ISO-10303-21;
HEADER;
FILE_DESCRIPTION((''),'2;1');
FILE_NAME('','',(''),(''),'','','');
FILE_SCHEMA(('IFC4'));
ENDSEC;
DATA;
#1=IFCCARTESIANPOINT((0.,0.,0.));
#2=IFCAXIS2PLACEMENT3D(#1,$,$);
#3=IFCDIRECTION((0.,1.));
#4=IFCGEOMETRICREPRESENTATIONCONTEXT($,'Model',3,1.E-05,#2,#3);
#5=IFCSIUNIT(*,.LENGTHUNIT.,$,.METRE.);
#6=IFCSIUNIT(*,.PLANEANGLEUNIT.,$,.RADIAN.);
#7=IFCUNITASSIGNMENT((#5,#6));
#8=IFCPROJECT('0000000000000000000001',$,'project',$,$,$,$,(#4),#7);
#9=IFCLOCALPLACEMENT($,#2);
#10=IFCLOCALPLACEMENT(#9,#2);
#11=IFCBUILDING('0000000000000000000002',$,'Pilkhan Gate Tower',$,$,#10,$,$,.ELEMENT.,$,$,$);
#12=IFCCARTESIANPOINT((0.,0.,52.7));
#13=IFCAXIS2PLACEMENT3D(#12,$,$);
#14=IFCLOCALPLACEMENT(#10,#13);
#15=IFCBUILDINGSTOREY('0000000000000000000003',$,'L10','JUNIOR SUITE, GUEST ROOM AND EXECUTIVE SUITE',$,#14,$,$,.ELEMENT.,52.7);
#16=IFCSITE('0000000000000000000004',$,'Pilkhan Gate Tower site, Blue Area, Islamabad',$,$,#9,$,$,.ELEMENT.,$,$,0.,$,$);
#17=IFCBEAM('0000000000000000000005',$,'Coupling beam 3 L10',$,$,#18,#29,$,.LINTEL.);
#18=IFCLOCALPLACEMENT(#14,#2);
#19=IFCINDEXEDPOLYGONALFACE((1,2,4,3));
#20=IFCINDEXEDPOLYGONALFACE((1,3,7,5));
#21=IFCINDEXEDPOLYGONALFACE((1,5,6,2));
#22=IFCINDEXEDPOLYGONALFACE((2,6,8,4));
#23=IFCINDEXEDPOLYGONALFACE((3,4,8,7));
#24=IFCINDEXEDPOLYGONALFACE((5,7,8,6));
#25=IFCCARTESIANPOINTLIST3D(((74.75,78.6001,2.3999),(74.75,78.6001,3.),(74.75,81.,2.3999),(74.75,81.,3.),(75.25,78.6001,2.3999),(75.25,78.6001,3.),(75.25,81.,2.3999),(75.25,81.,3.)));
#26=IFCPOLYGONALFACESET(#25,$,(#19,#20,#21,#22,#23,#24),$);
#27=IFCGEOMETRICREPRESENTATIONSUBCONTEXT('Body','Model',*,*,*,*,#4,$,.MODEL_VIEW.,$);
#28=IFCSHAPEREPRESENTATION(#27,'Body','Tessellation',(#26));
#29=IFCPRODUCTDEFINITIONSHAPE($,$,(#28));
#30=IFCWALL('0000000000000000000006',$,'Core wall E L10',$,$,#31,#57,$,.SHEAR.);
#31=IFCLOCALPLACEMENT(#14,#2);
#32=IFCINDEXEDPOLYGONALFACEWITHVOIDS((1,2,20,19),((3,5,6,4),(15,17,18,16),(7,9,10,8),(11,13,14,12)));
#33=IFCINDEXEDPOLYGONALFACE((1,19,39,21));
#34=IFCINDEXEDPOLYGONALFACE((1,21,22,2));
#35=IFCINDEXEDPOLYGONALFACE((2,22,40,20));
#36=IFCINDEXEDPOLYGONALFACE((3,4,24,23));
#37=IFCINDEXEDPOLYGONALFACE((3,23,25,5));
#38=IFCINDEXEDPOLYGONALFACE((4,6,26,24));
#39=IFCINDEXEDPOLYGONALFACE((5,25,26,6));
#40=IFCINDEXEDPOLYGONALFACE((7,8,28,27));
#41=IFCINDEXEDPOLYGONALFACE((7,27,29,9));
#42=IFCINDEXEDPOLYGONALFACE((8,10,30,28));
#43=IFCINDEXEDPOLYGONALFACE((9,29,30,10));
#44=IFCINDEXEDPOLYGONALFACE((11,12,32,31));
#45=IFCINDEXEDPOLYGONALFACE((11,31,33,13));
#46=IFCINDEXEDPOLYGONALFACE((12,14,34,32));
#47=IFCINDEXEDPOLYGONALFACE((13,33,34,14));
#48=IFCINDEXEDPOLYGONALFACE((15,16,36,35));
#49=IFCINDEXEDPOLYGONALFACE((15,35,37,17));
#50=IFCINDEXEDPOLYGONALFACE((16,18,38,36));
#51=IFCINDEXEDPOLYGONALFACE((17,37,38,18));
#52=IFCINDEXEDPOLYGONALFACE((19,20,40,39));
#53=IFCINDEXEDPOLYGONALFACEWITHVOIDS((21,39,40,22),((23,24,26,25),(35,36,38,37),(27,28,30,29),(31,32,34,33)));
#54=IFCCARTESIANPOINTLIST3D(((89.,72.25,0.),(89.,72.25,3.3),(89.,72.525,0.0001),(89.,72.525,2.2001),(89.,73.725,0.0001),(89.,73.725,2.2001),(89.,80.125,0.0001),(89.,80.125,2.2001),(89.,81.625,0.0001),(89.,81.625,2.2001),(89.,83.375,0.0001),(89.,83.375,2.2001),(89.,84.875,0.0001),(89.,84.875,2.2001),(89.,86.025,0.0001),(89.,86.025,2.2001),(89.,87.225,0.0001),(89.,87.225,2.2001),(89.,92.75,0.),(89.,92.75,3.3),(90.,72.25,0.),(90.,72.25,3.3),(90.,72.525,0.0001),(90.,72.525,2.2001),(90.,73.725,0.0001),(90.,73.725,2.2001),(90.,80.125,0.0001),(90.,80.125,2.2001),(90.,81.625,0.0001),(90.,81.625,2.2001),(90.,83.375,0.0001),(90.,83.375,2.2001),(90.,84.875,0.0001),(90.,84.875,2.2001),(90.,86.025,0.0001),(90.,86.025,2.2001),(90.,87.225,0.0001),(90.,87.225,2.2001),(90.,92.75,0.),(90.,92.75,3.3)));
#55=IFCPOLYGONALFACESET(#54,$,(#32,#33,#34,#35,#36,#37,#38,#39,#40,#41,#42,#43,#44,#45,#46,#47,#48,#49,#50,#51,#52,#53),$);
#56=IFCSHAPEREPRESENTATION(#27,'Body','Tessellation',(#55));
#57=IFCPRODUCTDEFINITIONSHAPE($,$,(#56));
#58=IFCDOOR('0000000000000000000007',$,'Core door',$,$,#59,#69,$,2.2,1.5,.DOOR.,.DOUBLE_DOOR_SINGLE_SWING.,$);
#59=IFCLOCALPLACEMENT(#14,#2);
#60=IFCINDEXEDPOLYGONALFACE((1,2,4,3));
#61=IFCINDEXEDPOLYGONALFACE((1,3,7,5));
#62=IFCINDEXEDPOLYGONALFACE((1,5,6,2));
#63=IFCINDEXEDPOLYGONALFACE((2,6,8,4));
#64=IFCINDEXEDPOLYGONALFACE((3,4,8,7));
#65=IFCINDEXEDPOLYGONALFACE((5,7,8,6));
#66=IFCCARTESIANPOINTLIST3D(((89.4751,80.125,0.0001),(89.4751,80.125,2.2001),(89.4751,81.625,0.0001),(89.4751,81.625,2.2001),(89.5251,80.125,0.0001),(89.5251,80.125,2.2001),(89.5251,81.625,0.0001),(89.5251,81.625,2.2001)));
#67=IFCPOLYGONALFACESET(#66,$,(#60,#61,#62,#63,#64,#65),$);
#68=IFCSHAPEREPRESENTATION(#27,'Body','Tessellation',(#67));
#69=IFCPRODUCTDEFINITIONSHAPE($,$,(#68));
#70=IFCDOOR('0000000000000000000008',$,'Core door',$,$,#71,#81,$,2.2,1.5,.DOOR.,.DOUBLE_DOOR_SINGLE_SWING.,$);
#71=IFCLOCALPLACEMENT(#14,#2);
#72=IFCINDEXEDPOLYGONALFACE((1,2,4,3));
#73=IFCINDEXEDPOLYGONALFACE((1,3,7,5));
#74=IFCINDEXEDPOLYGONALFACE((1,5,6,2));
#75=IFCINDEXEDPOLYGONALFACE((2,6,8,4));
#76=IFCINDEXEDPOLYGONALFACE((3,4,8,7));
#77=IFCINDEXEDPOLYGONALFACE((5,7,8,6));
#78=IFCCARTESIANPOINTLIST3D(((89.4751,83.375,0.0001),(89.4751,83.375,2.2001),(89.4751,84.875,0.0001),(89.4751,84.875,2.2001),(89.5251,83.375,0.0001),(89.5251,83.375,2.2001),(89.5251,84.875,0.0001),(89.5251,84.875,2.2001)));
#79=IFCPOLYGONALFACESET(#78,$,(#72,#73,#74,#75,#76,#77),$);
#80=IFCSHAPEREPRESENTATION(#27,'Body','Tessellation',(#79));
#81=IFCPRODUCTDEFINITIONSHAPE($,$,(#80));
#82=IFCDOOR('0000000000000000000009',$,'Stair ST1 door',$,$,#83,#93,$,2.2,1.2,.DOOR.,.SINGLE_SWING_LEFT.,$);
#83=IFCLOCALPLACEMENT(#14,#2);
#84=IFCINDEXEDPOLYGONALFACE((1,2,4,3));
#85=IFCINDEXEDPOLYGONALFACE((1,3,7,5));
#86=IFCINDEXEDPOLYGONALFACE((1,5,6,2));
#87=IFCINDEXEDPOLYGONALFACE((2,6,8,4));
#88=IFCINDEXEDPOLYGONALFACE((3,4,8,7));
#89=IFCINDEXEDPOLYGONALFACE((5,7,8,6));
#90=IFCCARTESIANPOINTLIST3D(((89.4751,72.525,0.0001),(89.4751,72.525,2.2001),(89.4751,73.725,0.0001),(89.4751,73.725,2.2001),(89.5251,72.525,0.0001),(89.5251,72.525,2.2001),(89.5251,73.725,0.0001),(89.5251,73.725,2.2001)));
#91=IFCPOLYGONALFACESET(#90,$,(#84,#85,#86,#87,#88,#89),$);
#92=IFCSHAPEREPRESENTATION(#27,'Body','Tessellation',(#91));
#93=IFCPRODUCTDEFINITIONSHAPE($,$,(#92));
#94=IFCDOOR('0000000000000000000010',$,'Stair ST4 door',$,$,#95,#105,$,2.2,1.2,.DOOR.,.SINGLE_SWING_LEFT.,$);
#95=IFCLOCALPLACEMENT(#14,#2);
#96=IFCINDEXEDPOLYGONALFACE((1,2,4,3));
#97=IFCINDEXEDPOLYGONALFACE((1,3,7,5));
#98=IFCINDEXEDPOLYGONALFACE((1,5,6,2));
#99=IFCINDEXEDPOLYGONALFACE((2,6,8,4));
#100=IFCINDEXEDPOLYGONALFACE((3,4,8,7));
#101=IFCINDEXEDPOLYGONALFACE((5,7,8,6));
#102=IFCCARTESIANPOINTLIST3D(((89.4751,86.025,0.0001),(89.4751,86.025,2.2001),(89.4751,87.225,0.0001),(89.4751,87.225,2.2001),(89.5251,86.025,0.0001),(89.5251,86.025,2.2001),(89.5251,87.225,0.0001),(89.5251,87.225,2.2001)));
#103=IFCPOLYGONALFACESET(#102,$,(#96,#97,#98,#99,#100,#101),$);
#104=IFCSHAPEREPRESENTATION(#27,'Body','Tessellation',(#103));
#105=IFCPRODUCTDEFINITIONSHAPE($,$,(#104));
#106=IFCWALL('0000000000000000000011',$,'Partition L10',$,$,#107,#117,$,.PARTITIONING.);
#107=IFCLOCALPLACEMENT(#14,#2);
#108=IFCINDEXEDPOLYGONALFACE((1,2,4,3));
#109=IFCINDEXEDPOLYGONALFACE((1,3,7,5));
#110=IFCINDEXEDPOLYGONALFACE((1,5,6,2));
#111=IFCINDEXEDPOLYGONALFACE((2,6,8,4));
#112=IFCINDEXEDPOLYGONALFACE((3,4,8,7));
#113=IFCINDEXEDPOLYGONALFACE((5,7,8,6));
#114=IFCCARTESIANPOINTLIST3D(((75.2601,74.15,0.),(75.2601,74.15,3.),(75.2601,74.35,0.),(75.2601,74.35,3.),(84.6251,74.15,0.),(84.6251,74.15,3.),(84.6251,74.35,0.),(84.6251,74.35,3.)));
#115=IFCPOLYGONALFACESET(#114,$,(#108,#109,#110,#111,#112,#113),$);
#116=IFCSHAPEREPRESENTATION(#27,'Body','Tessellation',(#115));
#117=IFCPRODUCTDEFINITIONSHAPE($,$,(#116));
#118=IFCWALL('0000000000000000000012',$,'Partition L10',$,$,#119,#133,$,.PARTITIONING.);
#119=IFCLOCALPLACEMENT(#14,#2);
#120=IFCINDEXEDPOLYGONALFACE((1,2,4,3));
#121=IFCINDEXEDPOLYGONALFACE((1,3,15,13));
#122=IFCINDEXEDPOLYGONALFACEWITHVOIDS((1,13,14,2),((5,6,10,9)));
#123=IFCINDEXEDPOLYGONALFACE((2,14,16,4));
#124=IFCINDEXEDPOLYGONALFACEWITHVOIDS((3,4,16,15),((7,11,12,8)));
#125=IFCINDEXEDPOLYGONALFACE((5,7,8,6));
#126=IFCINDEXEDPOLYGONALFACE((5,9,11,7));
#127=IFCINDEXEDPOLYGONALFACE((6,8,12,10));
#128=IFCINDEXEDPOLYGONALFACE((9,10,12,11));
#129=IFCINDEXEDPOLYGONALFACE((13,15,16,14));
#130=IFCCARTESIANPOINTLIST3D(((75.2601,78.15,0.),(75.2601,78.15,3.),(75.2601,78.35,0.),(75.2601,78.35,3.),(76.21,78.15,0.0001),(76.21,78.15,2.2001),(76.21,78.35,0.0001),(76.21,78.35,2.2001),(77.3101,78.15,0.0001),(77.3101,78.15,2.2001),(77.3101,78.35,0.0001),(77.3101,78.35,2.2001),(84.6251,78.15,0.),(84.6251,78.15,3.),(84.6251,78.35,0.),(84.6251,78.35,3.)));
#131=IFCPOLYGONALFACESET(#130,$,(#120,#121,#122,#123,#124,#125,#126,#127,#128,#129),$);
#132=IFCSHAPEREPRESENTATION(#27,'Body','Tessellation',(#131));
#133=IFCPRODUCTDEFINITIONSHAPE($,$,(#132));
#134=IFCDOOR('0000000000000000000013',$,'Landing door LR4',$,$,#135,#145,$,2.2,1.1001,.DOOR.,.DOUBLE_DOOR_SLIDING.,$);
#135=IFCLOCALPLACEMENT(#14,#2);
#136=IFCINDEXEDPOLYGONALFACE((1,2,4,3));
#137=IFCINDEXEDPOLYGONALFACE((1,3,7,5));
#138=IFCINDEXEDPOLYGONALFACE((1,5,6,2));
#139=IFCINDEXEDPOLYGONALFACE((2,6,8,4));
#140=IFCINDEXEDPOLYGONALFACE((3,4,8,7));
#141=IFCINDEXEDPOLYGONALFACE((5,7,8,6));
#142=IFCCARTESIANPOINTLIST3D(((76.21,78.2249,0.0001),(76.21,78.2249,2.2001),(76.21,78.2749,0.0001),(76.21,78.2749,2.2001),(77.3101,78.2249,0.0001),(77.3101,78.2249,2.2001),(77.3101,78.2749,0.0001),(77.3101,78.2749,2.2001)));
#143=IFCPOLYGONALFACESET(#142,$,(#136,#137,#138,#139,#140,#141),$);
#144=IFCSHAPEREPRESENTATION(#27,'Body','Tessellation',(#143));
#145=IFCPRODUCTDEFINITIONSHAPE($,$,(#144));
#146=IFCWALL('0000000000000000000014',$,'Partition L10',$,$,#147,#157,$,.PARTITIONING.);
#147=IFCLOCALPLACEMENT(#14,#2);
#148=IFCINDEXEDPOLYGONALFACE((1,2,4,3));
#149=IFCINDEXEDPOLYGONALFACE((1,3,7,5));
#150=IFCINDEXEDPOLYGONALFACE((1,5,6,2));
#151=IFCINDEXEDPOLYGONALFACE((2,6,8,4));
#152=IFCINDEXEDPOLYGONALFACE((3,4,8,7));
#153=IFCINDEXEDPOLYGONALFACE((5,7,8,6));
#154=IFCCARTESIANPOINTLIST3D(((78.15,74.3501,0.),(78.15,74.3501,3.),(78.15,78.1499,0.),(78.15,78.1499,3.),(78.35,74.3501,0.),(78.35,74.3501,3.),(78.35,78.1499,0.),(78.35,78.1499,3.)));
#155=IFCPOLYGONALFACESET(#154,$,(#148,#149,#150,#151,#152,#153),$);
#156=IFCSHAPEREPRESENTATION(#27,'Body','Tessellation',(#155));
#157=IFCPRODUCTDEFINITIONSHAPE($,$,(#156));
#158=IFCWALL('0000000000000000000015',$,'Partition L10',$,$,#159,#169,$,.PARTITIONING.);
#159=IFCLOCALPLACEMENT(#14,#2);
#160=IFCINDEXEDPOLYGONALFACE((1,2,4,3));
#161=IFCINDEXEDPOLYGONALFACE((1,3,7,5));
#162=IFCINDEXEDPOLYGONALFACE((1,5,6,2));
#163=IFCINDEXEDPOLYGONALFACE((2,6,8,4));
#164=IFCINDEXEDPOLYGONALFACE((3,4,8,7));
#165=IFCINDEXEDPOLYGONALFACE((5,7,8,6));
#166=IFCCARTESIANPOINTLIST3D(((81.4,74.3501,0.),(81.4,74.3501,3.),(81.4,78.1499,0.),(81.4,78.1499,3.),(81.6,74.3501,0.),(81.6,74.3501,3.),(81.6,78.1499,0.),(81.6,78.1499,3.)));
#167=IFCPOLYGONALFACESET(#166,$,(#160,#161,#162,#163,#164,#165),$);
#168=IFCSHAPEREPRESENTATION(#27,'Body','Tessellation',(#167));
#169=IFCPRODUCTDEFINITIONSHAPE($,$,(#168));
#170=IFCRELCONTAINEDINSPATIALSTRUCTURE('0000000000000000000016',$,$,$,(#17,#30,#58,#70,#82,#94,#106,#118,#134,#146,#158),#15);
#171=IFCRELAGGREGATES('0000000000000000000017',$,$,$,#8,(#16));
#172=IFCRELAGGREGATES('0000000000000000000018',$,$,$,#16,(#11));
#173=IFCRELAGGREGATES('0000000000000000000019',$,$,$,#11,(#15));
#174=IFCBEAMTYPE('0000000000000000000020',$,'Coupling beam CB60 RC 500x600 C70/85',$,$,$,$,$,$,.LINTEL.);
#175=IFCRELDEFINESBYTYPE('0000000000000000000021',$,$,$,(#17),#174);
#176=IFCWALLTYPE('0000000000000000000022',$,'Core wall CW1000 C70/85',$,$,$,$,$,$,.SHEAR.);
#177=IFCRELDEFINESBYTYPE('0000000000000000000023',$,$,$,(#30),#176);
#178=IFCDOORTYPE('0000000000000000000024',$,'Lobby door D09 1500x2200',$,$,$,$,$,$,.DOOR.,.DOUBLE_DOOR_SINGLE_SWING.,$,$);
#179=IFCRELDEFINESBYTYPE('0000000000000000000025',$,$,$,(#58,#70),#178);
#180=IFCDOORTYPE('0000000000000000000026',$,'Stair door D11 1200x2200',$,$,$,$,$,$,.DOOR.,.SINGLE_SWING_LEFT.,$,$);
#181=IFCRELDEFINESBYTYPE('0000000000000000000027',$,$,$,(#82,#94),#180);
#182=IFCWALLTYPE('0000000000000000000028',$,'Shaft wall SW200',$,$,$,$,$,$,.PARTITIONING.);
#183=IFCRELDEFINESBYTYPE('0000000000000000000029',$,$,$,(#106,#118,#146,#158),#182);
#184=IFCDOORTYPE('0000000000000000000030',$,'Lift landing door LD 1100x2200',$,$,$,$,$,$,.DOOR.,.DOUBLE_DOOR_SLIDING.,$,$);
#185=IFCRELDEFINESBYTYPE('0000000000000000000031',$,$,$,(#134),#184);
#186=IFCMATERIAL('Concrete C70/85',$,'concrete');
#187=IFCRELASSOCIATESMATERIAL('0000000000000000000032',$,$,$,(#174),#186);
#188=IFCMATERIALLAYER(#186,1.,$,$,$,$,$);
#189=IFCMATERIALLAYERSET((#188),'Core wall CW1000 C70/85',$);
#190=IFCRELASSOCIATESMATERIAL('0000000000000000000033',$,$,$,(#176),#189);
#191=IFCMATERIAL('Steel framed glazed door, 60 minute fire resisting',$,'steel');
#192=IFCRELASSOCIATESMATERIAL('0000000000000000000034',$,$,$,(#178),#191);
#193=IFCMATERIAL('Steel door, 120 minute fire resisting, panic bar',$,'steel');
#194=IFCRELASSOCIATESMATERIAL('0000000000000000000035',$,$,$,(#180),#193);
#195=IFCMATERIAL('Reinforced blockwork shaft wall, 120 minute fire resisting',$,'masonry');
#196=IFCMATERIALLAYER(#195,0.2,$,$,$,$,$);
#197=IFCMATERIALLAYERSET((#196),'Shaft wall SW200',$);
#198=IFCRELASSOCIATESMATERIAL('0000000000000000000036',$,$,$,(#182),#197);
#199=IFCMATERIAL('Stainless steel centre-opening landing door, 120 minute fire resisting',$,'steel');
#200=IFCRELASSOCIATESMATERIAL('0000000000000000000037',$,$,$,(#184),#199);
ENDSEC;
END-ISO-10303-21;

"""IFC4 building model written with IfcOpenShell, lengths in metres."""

from ifc_helpers import new_model, si_unit, direction, frame, frame_2d, origin, origin_2d, place, context, subcontext, project, spatial, rectangle, extrude, material, layer, layer_set, material_profile, profile_set, type_object, element, fill, save


model = new_model("IFC4")

# Units and contexts
model_context = context("Model", 3, precision=1e-05, world=origin(), true_north=direction((0.0, 1.0)))
body_context = subcontext(model_context, "Body", "Model", "MODEL_VIEW")
ifc_project = project(units=[si_unit("LENGTHUNIT", "METRE"), si_unit("PLANEANGLEUNIT", "RADIAN")], contexts=[model_context])

# Site, building, storey
site_placement = place(None, origin())
site = spatial("IfcSite", under=ifc_project, at=site_placement, Name="Pilkhan Gate Tower site, Blue Area, Islamabad", CompositionType="ELEMENT", RefElevation=0.0)
building_placement = place(site_placement, origin())
building = spatial("IfcBuilding", under=site, at=building_placement, Name="Pilkhan Gate Tower", CompositionType="ELEMENT")
storey_placement = place(building_placement, frame((0.0, 0.0, 52.7)))
storey = spatial("IfcBuildingStorey", under=building, at=storey_placement, Name="L10", Description="JUNIOR SUITE, GUEST ROOM AND EXECUTIVE SUITE", CompositionType="ELEMENT", Elevation=52.7)

# Beam
ifc_material_1 = material(Name="Concrete C70/85", Category="concrete")
ifc_material_profile = material_profile(ifc_material_1, rectangle(XDim=0.5, YDim=0.6001, at=origin_2d()), Name="RC 500x600")
ifc_profile_set = profile_set([ifc_material_profile], Name="Concrete C70/85")
beam_type = type_object("IfcBeamType", Name="Coupling beam CB60 RC 500x600 C70/85", PredefinedType="LINTEL", material=ifc_profile_set)
beam_placement = place(storey_placement, frame((75.0, 78.6001, 2.7), z_axis=(0.0, 1.0, 0.0), x_axis=(-1.0, 0.0, 0.0)))
element("IfcBeam", 1, at=beam_placement, inside=storey, type_object=beam_type, Name="Coupling beam 3 L10", PredefinedType="LINTEL", context=body_context, shape_type="SweptSolid", body=[
    extrude(rectangle(XDim=0.5, YDim=0.6001, at=origin_2d()), origin(), (0.0, 0.0, 1.0), 2.3999),
])

# Wall, openings, doors
ifc_layer_1 = layer(ifc_material_1, 1.0)
ifc_layer_set_1 = layer_set([ifc_layer_1], Name="Core wall CW1000 C70/85")
wall_type_1 = type_object("IfcWallType", Name="Core wall CW1000 C70/85", PredefinedType="SHEAR", material=ifc_layer_set_1)
wall_1_placement = place(storey_placement, frame((89.5, 72.25, 0.0), z_axis=(0.0, 0.0, 1.0), x_axis=(0.0, 1.0, 0.0)))
wall_1 = element("IfcWall", 2, at=wall_1_placement, inside=storey, type_object=wall_type_1, Name="Core wall E L10", PredefinedType="SHEAR", context=body_context, shape_type="SweptSolid", body=[
    extrude(rectangle(XDim=20.5, YDim=1.0, at=frame_2d((10.25, 0.0))), origin(), (0.0, 0.0, 1.0), 3.3),
])
opening_1_placement = place(wall_1_placement, frame((0.2749, 0.0, 0.0)))
opening_1 = element("IfcOpeningElement", 3, at=opening_1_placement, cuts=wall_1, PredefinedType="OPENING", context=body_context, shape_type="SweptSolid", body=[
    extrude(rectangle(XDim=1.2, YDim=2.2, at=frame_2d((0.6001, 1.1001))), frame((0.0, 0.51, 0.0), z_axis=(0.0, -1.0, 0.0), x_axis=(1.0, 0.0, 0.0)), (0.0, 0.0, 1.0), 1.02),
])
opening_2_placement = place(wall_1_placement, frame((13.7749, 0.0, 0.0)))
opening_2 = element("IfcOpeningElement", 4, at=opening_2_placement, cuts=wall_1, PredefinedType="OPENING", context=body_context, shape_type="SweptSolid", body=[
    extrude(rectangle(XDim=1.2, YDim=2.2, at=frame_2d((0.6001, 1.1001))), frame((0.0, 0.51, 0.0), z_axis=(0.0, -1.0, 0.0), x_axis=(1.0, 0.0, 0.0)), (0.0, 0.0, 1.0), 1.02),
])
opening_3_placement = place(wall_1_placement, frame((7.875, 0.0, 0.0)))
opening_3 = element("IfcOpeningElement", 5, at=opening_3_placement, cuts=wall_1, PredefinedType="OPENING", context=body_context, shape_type="SweptSolid", body=[
    extrude(rectangle(XDim=1.5, YDim=2.2, at=frame_2d((0.75, 1.1001))), frame((0.0, 0.51, 0.0), z_axis=(0.0, -1.0, 0.0), x_axis=(1.0, 0.0, 0.0)), (0.0, 0.0, 1.0), 1.02),
])
opening_4_placement = place(wall_1_placement, frame((11.125, 0.0, 0.0)))
opening_4 = element("IfcOpeningElement", 6, at=opening_4_placement, cuts=wall_1, PredefinedType="OPENING", context=body_context, shape_type="SweptSolid", body=[
    extrude(rectangle(XDim=1.5, YDim=2.2, at=frame_2d((0.75, 1.1001))), frame((0.0, 0.51, 0.0), z_axis=(0.0, -1.0, 0.0), x_axis=(1.0, 0.0, 0.0)), (0.0, 0.0, 1.0), 1.02),
])
ifc_material_2 = material(Name="Steel framed glazed door, 60 minute fire resisting", Category="steel")
door_type_1 = type_object("IfcDoorType", Name="Lobby door D09 1500x2200", OperationType="DOUBLE_DOOR_SINGLE_SWING", PredefinedType="DOOR", material=ifc_material_2)
door_1_placement = place(opening_3_placement, origin())
door_1 = element("IfcDoor", 7, at=door_1_placement, inside=storey, type_object=door_type_1, Name="Core door", OperationType="DOUBLE_DOOR_SINGLE_SWING", OverallHeight=2.2, OverallWidth=1.5, PredefinedType="DOOR", context=body_context, shape_type="SweptSolid", body=[
    extrude(rectangle(XDim=1.5, YDim=2.2, at=frame_2d((0.75, 1.1001))), frame((0.0, 0.0249, 0.0), z_axis=(0.0, -1.0, 0.0), x_axis=(1.0, 0.0, 0.0)), (0.0, 0.0, 1.0), 0.05),
])
fill(opening_3, door_1)
door_2_placement = place(opening_4_placement, origin())
door_2 = element("IfcDoor", 8, at=door_2_placement, inside=storey, type_object=door_type_1, Name="Core door", OperationType="DOUBLE_DOOR_SINGLE_SWING", OverallHeight=2.2, OverallWidth=1.5, PredefinedType="DOOR", context=body_context, shape_type="SweptSolid", body=[
    extrude(rectangle(XDim=1.5, YDim=2.2, at=frame_2d((0.75, 1.1001))), frame((0.0, 0.0249, 0.0), z_axis=(0.0, -1.0, 0.0), x_axis=(1.0, 0.0, 0.0)), (0.0, 0.0, 1.0), 0.05),
])
fill(opening_4, door_2)
ifc_material_3 = material(Name="Steel door, 120 minute fire resisting, panic bar", Category="steel")
door_type_2 = type_object("IfcDoorType", Name="Stair door D11 1200x2200", OperationType="SINGLE_SWING_LEFT", PredefinedType="DOOR", material=ifc_material_3)
door_3_placement = place(opening_1_placement, origin())
door_3 = element("IfcDoor", 9, at=door_3_placement, inside=storey, type_object=door_type_2, Name="Stair ST1 door", OperationType="SINGLE_SWING_LEFT", OverallHeight=2.2, OverallWidth=1.2, PredefinedType="DOOR", context=body_context, shape_type="SweptSolid", body=[
    extrude(rectangle(XDim=1.2, YDim=2.2, at=frame_2d((0.6001, 1.1001))), frame((0.0, 0.0249, 0.0), z_axis=(0.0, -1.0, 0.0), x_axis=(1.0, 0.0, 0.0)), (0.0, 0.0, 1.0), 0.05),
])
fill(opening_1, door_3)
door_4_placement = place(opening_2_placement, origin())
door_4 = element("IfcDoor", 10, at=door_4_placement, inside=storey, type_object=door_type_2, Name="Stair ST4 door", OperationType="SINGLE_SWING_LEFT", OverallHeight=2.2, OverallWidth=1.2, PredefinedType="DOOR", context=body_context, shape_type="SweptSolid", body=[
    extrude(rectangle(XDim=1.2, YDim=2.2, at=frame_2d((0.6001, 1.1001))), frame((0.0, 0.0249, 0.0), z_axis=(0.0, -1.0, 0.0), x_axis=(1.0, 0.0, 0.0)), (0.0, 0.0, 1.0), 0.05),
])
fill(opening_2, door_4)

# Wall
ifc_material_4 = material(Name="Reinforced blockwork shaft wall, 120 minute fire resisting", Category="masonry")
ifc_layer_2 = layer(ifc_material_4, 0.2)
ifc_layer_set_2 = layer_set([ifc_layer_2], Name="Shaft wall SW200")
wall_type_2 = type_object("IfcWallType", Name="Shaft wall SW200", PredefinedType="PARTITIONING", material=ifc_layer_set_2)
wall_2_placement = place(storey_placement, frame((75.26, 74.25, 0.0), z_axis=(0.0, 0.0, 1.0), x_axis=(1.0, 0.0, 0.0)))
element("IfcWall", 11, at=wall_2_placement, inside=storey, type_object=wall_type_2, Name="Partition L10", PredefinedType="PARTITIONING", context=body_context, shape_type="SweptSolid", body=[
    extrude(rectangle(XDim=9.365, YDim=0.2, at=frame_2d((4.6826, 0.0))), origin(), (0.0, 0.0, 1.0), 3.0),
])

# Wall, opening, door
wall_3_placement = place(storey_placement, frame((75.26, 78.25, 0.0), z_axis=(0.0, 0.0, 1.0), x_axis=(1.0, 0.0, 0.0)))
wall_3 = element("IfcWall", 12, at=wall_3_placement, inside=storey, type_object=wall_type_2, Name="Partition L10", PredefinedType="PARTITIONING", context=body_context, shape_type="SweptSolid", body=[
    extrude(rectangle(XDim=9.365, YDim=0.2, at=frame_2d((4.6826, 0.0))), origin(), (0.0, 0.0, 1.0), 3.0),
])
opening_5_placement = place(wall_3_placement, frame((0.95, 0.0, 0.0)))
opening_5 = element("IfcOpeningElement", 13, at=opening_5_placement, cuts=wall_3, PredefinedType="OPENING", context=body_context, shape_type="SweptSolid", body=[
    extrude(rectangle(XDim=1.1001, YDim=2.2, at=frame_2d((0.55, 1.1001))), frame((0.0, 0.1099, 0.0), z_axis=(0.0, -1.0, 0.0), x_axis=(1.0, 0.0, 0.0)), (0.0, 0.0, 1.0), 0.22),
])
ifc_material_5 = material(Name="Stainless steel centre-opening landing door, 120 minute fire resisting", Category="steel")
door_type_3 = type_object("IfcDoorType", Name="Lift landing door LD 1100x2200", OperationType="DOUBLE_DOOR_SLIDING", PredefinedType="DOOR", material=ifc_material_5)
door_5_placement = place(opening_5_placement, origin())
door_5 = element("IfcDoor", 14, at=door_5_placement, inside=storey, type_object=door_type_3, Name="Landing door LR4", OperationType="DOUBLE_DOOR_SLIDING", OverallHeight=2.2, OverallWidth=1.1001, PredefinedType="DOOR", context=body_context, shape_type="SweptSolid", body=[
    extrude(rectangle(XDim=1.1001, YDim=2.2, at=frame_2d((0.55, 1.1001))), frame((0.0, 0.0249, 0.0), z_axis=(0.0, -1.0, 0.0), x_axis=(1.0, 0.0, 0.0)), (0.0, 0.0, 1.0), 0.05),
])
fill(opening_5, door_5)

# Walls
for number, where, z_axis, x_axis, name in (
    (15, (78.25, 74.3501, 0.0), (0.0, 0.0, 1.0), (0.0, 1.0, 0.0), "Partition L10"),
    (16, (81.5, 74.3501, 0.0), (0.0, 0.0, 1.0), (0.0, 1.0, 0.0), "Partition L10"),
):
    element("IfcWall", number, at=place(storey_placement, frame(where, z_axis=z_axis, x_axis=x_axis)), inside=storey, type_object=wall_type_2, Name=name, PredefinedType="PARTITIONING", context=body_context, shape_type="SweptSolid", body=[
        extrude(rectangle(XDim=3.7998, YDim=0.2, at=frame_2d((1.8999, 0.0))), origin(), (0.0, 0.0, 1.0), 3.0),
    ])

save(model, "model.ifc")
